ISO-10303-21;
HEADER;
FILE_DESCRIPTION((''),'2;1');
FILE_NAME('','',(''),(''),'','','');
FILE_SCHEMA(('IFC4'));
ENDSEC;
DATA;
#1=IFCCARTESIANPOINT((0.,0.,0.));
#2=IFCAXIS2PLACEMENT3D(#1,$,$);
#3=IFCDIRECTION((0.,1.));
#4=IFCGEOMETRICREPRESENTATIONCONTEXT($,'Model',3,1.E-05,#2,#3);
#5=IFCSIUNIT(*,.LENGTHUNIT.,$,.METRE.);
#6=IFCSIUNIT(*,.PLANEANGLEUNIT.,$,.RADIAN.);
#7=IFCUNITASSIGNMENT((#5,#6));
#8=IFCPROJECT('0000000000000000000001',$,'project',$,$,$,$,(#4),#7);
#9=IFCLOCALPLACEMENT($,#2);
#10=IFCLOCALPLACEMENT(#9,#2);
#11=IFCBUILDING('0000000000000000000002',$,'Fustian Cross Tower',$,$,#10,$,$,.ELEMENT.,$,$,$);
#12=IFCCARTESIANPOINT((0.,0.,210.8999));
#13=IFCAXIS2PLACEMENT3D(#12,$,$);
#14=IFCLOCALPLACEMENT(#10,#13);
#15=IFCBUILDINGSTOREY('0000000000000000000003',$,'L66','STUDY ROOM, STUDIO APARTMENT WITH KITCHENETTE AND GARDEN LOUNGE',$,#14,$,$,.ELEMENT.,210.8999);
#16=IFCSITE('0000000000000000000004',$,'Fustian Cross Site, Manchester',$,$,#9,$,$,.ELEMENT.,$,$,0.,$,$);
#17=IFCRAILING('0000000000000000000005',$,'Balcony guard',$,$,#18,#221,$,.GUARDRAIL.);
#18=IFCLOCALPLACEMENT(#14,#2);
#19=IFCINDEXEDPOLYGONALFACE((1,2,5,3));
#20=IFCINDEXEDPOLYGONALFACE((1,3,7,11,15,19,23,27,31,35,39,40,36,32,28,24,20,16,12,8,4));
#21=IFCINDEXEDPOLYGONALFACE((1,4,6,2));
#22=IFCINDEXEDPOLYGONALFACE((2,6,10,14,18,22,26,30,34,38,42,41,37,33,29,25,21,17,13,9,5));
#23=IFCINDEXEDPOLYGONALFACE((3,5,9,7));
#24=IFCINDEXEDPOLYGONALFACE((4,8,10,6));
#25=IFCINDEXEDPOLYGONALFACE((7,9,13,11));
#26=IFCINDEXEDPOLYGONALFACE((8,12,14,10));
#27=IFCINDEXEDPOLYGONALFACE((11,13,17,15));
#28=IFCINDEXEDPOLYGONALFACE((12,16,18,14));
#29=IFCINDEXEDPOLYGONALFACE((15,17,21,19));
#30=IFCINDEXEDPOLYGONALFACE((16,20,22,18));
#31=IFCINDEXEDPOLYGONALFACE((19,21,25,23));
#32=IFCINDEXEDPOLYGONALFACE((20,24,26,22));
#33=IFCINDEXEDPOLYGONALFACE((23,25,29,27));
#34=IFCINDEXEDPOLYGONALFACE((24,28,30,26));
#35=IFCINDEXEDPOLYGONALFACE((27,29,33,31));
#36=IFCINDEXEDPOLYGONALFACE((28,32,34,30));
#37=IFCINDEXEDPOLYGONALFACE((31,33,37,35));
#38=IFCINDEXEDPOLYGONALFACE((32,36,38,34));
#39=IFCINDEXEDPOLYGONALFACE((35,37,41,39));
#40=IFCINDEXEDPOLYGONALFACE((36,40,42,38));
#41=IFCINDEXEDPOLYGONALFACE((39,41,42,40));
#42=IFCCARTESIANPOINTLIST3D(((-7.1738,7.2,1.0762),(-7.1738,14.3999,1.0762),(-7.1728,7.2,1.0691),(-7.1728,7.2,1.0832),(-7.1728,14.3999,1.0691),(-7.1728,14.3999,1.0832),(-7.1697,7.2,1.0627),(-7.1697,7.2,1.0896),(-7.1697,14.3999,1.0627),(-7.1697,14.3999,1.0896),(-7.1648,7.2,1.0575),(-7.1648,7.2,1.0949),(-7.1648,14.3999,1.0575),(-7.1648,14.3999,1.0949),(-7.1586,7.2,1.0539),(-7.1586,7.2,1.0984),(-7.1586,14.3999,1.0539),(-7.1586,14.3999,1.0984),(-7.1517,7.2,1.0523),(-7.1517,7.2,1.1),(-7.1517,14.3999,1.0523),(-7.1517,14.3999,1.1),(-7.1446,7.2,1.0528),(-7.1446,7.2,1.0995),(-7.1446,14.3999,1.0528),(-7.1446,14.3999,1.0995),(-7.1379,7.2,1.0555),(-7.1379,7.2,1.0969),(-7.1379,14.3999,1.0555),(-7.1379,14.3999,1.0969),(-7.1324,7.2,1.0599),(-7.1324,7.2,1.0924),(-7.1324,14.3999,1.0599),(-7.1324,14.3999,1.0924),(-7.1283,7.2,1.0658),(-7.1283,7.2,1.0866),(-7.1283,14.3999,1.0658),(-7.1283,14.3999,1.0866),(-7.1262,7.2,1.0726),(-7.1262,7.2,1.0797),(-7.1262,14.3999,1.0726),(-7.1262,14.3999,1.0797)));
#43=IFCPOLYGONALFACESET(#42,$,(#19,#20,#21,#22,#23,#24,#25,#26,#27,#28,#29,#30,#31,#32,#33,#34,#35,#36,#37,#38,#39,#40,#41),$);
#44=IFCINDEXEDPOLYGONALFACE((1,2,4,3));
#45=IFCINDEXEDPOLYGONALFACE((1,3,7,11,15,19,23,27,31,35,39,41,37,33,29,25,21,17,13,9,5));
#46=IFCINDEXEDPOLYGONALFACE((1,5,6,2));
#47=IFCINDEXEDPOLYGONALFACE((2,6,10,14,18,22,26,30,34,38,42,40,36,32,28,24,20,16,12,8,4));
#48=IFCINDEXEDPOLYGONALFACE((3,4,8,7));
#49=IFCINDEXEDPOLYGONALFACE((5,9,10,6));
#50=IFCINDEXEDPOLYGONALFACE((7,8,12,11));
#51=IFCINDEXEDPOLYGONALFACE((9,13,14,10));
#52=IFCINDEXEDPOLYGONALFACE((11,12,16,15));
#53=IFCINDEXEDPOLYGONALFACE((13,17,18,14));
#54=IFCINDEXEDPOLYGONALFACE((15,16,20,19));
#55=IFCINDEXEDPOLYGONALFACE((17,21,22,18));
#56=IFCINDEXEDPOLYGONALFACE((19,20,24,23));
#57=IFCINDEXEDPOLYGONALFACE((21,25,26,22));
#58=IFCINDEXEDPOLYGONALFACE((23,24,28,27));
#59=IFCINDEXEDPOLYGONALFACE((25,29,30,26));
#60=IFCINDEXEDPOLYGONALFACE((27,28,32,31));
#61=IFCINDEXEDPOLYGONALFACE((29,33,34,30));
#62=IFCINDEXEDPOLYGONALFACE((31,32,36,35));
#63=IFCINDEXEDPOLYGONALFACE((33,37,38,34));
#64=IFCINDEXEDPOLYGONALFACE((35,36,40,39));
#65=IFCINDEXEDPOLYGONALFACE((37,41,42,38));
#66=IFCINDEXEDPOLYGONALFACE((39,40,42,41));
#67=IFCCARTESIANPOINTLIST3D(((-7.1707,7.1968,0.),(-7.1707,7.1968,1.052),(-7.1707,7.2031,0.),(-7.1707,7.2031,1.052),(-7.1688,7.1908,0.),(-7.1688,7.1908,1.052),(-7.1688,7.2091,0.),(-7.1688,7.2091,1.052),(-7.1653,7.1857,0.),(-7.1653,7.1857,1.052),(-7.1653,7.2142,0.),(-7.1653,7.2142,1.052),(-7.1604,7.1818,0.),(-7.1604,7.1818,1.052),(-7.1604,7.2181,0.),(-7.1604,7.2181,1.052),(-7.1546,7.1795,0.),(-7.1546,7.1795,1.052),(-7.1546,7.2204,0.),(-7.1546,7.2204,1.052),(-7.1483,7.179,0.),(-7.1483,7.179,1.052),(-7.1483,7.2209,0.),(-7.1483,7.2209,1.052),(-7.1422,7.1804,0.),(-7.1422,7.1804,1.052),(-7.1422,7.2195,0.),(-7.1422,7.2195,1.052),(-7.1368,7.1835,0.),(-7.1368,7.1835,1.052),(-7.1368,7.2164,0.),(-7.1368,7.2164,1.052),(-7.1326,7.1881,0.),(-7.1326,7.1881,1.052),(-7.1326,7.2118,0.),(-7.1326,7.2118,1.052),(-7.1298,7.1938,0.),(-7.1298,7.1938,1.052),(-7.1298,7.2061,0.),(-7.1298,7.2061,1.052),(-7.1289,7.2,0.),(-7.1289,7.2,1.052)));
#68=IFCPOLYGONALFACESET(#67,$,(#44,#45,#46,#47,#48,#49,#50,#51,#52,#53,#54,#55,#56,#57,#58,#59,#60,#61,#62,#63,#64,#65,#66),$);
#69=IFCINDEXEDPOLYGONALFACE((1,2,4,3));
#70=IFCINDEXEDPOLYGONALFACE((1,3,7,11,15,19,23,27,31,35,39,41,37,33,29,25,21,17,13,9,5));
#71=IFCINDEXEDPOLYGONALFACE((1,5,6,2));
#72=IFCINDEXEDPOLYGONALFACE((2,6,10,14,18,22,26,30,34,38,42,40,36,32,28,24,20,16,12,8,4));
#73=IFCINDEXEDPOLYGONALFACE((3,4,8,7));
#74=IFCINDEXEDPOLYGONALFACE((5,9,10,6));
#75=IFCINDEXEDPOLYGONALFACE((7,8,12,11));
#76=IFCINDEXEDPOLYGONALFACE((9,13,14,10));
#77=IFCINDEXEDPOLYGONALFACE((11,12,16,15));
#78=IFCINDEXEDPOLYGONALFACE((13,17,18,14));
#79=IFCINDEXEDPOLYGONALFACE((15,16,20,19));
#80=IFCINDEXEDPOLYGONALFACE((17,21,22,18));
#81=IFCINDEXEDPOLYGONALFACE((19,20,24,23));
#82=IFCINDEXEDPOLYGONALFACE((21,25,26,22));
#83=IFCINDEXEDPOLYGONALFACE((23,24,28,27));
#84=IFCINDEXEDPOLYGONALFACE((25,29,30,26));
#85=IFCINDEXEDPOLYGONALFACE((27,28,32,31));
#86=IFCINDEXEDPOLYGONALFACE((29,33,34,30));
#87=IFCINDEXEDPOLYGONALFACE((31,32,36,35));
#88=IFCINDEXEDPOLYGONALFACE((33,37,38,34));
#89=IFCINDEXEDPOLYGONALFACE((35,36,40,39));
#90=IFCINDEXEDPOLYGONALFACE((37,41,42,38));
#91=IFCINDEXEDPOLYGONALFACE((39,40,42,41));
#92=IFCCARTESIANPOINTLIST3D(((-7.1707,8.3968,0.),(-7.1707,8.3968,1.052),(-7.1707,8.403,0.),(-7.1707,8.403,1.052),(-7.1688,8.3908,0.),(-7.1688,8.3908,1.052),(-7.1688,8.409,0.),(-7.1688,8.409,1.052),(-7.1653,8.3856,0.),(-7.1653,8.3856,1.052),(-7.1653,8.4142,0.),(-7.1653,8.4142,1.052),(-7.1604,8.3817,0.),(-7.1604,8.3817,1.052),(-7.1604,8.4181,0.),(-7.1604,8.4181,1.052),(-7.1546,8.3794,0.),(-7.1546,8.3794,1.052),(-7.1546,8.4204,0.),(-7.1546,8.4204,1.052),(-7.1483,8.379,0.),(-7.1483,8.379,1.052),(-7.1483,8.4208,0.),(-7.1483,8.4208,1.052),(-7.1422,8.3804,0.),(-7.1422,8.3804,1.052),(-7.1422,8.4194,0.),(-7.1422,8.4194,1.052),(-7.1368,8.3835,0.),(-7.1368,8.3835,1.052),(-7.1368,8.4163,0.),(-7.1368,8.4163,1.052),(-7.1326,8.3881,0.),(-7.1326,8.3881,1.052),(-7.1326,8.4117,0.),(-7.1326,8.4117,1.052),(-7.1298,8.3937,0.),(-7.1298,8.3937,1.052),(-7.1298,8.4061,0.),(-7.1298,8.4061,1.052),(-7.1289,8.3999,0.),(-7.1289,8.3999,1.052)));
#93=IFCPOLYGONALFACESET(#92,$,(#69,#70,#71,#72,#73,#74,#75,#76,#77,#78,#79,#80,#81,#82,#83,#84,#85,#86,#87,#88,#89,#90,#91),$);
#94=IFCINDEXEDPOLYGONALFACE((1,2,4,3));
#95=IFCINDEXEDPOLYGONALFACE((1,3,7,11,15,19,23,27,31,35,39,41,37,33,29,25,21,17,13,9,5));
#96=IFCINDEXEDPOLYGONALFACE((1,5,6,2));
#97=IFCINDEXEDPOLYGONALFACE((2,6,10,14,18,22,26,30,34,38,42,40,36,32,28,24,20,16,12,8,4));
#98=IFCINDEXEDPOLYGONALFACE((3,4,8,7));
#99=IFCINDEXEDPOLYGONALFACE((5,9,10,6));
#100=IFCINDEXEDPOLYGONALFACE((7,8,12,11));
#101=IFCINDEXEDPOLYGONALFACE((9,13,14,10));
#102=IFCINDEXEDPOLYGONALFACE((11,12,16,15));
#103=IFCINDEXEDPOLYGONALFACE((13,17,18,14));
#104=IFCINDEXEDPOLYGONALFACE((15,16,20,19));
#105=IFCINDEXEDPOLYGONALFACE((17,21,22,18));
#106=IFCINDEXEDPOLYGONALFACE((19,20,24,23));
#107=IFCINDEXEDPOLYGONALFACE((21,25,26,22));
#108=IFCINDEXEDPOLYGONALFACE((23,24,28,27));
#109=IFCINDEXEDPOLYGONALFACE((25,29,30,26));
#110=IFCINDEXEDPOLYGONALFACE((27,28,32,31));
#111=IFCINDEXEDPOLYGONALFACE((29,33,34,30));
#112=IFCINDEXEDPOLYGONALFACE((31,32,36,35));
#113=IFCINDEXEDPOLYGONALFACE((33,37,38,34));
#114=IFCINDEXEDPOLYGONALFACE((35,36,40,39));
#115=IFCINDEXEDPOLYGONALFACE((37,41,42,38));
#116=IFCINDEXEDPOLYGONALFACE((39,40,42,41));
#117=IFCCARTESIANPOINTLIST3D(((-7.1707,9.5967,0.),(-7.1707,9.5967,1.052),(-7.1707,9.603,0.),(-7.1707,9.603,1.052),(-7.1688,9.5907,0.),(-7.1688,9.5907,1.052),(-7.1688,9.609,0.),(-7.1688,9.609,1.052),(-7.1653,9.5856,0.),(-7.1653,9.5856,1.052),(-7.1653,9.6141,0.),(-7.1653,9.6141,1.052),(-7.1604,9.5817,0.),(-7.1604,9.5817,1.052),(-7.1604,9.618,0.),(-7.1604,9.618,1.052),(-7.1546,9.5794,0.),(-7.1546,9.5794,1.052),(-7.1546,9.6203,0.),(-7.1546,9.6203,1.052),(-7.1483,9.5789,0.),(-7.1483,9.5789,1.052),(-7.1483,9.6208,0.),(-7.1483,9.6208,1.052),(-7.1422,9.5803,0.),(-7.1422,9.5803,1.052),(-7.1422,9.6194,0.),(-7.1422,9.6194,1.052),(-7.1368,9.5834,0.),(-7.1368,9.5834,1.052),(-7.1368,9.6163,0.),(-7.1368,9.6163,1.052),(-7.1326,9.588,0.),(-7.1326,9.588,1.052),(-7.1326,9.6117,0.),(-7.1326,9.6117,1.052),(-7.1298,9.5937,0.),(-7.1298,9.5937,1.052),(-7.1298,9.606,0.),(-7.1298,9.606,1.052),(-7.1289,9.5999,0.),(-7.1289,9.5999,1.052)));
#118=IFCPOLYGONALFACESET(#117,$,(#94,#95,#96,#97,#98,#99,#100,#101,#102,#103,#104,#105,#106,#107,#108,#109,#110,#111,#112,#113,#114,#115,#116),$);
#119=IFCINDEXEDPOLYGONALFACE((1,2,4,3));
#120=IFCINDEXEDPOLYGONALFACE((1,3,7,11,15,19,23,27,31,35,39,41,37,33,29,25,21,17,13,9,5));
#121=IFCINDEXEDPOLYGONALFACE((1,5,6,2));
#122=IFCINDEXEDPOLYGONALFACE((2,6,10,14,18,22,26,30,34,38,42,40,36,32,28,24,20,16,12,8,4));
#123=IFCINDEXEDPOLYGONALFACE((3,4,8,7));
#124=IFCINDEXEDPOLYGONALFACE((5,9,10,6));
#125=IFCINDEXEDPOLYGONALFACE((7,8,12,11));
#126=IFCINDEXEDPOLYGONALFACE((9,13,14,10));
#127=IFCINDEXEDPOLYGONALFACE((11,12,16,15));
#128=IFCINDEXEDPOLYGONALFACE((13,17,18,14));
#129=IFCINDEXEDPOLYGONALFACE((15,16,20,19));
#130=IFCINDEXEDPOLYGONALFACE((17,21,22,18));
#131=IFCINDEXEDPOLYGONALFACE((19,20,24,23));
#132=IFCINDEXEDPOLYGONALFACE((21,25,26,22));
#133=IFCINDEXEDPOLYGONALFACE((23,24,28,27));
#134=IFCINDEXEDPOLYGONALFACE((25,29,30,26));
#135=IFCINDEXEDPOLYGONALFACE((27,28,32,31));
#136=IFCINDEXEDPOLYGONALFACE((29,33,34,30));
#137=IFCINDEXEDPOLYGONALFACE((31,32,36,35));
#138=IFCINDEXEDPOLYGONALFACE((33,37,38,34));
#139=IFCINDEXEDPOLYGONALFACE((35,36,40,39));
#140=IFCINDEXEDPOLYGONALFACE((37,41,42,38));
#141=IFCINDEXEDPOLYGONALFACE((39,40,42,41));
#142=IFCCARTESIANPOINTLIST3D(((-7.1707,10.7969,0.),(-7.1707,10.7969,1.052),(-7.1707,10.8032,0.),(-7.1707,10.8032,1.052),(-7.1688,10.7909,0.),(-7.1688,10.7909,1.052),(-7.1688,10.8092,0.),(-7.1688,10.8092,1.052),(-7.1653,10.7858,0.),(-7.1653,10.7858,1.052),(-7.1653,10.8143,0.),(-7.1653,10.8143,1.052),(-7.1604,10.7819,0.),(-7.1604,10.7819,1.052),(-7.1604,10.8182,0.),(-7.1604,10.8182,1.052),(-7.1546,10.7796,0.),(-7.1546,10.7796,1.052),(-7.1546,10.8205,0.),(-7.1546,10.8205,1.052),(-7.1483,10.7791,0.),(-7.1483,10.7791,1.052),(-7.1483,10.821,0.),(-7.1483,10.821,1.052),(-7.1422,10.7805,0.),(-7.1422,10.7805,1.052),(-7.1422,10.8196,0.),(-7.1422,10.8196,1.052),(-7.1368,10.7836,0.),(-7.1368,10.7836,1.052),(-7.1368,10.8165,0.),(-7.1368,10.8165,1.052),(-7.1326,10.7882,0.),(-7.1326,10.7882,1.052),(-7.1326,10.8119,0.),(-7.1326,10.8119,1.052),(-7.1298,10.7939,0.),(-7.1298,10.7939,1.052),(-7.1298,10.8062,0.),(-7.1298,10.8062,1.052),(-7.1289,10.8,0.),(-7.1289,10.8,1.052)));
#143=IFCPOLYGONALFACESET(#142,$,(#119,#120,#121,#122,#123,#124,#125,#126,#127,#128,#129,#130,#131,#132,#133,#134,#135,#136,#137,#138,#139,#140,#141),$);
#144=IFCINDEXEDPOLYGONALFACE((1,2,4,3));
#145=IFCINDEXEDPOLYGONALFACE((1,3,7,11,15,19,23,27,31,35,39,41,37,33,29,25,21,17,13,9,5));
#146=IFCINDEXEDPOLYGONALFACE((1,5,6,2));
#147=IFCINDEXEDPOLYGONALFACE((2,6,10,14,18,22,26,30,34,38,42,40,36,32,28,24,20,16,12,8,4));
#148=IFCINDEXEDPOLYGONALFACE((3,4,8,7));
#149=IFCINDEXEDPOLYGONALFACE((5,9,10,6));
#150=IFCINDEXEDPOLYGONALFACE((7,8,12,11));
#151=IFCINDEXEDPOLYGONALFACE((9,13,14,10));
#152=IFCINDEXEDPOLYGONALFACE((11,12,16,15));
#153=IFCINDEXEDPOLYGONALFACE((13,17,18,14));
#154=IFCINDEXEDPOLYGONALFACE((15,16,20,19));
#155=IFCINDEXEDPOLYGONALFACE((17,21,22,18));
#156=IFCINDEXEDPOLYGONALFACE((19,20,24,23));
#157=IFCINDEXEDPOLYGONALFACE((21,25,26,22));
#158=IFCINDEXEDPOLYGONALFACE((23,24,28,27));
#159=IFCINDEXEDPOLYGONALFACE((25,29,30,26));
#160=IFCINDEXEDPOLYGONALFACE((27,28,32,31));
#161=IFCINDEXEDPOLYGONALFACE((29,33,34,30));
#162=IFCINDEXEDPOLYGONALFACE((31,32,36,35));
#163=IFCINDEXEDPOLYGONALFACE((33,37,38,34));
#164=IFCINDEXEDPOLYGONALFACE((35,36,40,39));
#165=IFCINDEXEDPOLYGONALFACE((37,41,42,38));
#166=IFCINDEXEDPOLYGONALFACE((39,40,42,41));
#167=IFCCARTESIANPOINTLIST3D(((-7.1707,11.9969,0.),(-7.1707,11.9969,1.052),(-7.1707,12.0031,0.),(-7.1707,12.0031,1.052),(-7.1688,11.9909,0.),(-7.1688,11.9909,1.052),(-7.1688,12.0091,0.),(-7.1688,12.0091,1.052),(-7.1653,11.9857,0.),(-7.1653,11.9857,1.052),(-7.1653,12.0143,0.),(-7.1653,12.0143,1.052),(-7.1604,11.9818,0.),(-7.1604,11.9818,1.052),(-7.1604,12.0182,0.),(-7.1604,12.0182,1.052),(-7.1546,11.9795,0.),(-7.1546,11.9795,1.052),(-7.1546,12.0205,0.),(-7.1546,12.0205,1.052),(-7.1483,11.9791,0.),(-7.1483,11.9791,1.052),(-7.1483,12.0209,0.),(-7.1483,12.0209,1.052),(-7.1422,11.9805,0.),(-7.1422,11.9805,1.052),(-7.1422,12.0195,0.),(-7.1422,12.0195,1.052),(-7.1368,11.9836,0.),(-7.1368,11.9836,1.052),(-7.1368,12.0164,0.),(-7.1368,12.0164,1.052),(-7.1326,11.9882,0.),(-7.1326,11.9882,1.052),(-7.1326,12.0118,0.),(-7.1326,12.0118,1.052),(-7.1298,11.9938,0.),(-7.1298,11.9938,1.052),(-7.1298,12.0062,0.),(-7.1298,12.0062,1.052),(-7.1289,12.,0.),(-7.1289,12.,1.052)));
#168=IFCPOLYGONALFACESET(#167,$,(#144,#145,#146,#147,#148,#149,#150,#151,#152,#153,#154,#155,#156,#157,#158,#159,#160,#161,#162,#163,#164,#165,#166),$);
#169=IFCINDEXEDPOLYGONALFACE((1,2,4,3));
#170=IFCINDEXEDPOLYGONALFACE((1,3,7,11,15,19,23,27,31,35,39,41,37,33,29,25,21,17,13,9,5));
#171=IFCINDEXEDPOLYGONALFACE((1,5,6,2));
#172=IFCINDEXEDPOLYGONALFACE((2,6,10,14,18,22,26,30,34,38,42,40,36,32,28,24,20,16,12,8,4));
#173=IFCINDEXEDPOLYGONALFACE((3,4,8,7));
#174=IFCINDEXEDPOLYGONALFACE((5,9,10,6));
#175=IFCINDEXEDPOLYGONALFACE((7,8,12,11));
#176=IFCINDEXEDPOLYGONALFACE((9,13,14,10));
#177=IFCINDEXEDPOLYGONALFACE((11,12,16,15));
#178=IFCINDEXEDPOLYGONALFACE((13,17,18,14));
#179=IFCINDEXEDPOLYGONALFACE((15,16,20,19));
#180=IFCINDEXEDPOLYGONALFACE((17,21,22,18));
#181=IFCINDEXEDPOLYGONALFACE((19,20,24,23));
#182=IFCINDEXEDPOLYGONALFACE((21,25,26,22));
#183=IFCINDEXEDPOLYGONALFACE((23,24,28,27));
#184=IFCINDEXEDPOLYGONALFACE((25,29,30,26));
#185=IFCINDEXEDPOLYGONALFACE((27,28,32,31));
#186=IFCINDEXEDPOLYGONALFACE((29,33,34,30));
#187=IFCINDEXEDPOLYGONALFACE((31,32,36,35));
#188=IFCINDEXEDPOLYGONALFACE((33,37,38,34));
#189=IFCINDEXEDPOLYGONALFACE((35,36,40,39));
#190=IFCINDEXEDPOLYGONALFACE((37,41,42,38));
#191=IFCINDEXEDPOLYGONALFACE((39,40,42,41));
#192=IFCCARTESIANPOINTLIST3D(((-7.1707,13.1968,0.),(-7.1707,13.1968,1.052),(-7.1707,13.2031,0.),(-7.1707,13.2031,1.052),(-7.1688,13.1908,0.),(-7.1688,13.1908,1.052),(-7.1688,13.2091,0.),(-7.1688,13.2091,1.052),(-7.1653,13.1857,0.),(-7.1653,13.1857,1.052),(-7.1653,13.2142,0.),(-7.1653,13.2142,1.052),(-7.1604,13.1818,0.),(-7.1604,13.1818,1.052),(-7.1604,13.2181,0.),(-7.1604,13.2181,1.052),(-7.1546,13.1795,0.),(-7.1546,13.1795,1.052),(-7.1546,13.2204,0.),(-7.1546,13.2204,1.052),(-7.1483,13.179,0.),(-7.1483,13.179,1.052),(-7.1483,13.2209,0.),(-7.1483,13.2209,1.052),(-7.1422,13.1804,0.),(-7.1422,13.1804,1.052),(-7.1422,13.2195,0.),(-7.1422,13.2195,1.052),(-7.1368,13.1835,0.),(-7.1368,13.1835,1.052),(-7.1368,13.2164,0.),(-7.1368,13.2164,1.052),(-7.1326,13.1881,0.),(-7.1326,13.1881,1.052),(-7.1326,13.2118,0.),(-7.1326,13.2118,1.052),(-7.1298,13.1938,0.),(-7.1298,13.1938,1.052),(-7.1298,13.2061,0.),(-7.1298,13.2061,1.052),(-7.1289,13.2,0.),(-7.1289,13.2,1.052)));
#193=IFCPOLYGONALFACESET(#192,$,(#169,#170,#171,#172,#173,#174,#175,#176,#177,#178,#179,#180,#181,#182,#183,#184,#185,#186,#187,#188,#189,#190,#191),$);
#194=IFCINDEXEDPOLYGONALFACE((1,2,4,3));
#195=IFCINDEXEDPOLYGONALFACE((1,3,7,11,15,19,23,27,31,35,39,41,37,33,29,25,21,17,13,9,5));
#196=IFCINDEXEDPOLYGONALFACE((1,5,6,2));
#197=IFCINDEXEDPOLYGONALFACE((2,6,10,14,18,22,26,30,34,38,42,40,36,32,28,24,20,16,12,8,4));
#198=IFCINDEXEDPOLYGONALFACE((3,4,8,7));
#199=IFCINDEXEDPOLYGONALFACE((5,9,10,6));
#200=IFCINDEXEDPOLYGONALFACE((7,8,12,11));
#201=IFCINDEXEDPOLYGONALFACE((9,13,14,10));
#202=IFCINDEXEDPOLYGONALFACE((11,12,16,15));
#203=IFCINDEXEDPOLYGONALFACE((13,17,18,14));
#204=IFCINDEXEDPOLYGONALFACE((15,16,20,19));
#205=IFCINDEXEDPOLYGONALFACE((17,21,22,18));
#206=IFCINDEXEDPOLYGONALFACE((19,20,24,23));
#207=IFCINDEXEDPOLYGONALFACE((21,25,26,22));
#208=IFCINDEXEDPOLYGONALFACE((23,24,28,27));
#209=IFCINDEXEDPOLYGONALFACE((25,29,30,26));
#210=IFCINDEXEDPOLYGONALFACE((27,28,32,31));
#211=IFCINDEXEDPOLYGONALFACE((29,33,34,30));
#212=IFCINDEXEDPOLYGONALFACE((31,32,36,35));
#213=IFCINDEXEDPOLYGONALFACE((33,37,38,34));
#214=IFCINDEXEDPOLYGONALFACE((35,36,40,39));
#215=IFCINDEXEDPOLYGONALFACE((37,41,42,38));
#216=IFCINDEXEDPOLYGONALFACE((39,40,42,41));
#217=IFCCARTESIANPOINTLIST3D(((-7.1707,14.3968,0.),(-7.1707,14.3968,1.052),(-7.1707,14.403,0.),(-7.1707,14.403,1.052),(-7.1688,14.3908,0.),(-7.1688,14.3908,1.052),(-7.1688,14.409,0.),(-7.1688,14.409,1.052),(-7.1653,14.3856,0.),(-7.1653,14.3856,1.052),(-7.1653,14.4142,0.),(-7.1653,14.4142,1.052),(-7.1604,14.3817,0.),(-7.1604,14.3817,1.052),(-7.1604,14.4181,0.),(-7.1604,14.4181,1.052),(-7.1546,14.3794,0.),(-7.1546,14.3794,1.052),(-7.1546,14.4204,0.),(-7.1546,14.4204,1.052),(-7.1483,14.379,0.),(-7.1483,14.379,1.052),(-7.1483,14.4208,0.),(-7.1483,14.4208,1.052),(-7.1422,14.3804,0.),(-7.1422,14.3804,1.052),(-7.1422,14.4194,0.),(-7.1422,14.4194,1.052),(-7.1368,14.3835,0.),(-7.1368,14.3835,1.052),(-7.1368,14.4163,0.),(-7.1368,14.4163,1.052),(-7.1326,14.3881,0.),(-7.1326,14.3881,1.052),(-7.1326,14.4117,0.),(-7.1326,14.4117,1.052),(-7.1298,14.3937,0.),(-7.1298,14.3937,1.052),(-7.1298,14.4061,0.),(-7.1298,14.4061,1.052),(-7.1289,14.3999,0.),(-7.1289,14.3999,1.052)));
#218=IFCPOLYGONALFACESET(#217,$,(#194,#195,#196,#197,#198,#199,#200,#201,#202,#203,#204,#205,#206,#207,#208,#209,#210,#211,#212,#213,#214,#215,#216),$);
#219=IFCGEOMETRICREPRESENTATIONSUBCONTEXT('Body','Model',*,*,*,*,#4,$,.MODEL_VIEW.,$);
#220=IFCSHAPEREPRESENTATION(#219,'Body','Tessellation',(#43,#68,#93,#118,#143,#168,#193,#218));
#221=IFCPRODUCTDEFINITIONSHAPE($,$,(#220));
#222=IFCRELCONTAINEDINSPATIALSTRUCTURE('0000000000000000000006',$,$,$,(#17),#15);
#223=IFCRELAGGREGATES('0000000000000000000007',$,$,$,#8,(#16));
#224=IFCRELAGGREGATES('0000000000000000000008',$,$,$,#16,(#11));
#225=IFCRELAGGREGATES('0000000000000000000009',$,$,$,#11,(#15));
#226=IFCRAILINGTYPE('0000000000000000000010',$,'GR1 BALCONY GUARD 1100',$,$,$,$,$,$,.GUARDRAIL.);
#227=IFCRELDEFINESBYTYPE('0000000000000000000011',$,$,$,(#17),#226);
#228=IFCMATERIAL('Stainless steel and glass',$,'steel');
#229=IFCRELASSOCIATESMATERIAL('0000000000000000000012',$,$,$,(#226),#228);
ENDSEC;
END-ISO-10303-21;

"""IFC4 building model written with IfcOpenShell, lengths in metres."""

from ifc_helpers import new_model, si_unit, direction, frame, origin, origin_2d, place, context, subcontext, project, spatial, circle, extrude, material, type_object, element, save


model = new_model("IFC4")

# Units and contexts
model_context = context("Model", 3, precision=1e-05, world=origin(), true_north=direction((0.0, 1.0)))
body_context = subcontext(model_context, "Body", "Model", "MODEL_VIEW")
ifc_project = project(units=[si_unit("LENGTHUNIT", "METRE"), si_unit("PLANEANGLEUNIT", "RADIAN")], contexts=[model_context])

# Site, building, storey
site_placement = place(None, origin())
site = spatial("IfcSite", under=ifc_project, at=site_placement, Name="Fustian Cross Site, Manchester", CompositionType="ELEMENT", RefElevation=0.0)
building_placement = place(site_placement, origin())
building = spatial("IfcBuilding", under=site, at=building_placement, Name="Fustian Cross Tower", CompositionType="ELEMENT")
storey_placement = place(building_placement, frame((0.0, 0.0, 210.8999)))
storey = spatial("IfcBuildingStorey", under=building, at=storey_placement, Name="L66", Description="STUDY ROOM, STUDIO APARTMENT WITH KITCHENETTE AND GARDEN LOUNGE", CompositionType="ELEMENT", Elevation=210.8999)

# Railing
ifc_material_1 = material(Name="Stainless steel and glass", Category="steel")
railing_type = type_object("IfcRailingType", Name="GR1 BALCONY GUARD 1100", PredefinedType="GUARDRAIL", material=ifc_material_1)
railing_placement = place(storey_placement, frame((-7.1499, 7.2, 0.0)))
element("IfcRailing", 1, at=railing_placement, inside=storey, type_object=railing_type, Name="Balcony guard", PredefinedType="GUARDRAIL", context=body_context, shape_type="SweptSolid", body=[
    extrude(circle(Radius=0.0239, at=origin_2d()), frame((0.0, 0.0, 1.0762), z_axis=(0.0, 1.0, 0.0), x_axis=(-1.0, 0.0, 0.0)), (0.0, 0.0, 1.0), 7.2),
    extrude(circle(Radius=0.021, at=origin_2d()), origin(), (0.0, 0.0, 1.0), 1.052),
    extrude(circle(Radius=0.021, at=origin_2d()), frame((0.0, 1.2, 0.0)), (0.0, 0.0, 1.0), 1.052),
    extrude(circle(Radius=0.021, at=origin_2d()), frame((0.0, 2.3999, 0.0)), (0.0, 0.0, 1.0), 1.052),
    extrude(circle(Radius=0.021, at=origin_2d()), frame((0.0, 3.6001, 0.0)), (0.0, 0.0, 1.0), 1.052),
    extrude(circle(Radius=0.021, at=origin_2d()), frame((0.0, 4.8, 0.0)), (0.0, 0.0, 1.0), 1.052),
    extrude(circle(Radius=0.021, at=origin_2d()), frame((0.0, 6.0, 0.0)), (0.0, 0.0, 1.0), 1.052),
    extrude(circle(Radius=0.021, at=origin_2d()), frame((0.0, 7.2, 0.0)), (0.0, 0.0, 1.0), 1.052),
])

save(model, "model.ifc")
